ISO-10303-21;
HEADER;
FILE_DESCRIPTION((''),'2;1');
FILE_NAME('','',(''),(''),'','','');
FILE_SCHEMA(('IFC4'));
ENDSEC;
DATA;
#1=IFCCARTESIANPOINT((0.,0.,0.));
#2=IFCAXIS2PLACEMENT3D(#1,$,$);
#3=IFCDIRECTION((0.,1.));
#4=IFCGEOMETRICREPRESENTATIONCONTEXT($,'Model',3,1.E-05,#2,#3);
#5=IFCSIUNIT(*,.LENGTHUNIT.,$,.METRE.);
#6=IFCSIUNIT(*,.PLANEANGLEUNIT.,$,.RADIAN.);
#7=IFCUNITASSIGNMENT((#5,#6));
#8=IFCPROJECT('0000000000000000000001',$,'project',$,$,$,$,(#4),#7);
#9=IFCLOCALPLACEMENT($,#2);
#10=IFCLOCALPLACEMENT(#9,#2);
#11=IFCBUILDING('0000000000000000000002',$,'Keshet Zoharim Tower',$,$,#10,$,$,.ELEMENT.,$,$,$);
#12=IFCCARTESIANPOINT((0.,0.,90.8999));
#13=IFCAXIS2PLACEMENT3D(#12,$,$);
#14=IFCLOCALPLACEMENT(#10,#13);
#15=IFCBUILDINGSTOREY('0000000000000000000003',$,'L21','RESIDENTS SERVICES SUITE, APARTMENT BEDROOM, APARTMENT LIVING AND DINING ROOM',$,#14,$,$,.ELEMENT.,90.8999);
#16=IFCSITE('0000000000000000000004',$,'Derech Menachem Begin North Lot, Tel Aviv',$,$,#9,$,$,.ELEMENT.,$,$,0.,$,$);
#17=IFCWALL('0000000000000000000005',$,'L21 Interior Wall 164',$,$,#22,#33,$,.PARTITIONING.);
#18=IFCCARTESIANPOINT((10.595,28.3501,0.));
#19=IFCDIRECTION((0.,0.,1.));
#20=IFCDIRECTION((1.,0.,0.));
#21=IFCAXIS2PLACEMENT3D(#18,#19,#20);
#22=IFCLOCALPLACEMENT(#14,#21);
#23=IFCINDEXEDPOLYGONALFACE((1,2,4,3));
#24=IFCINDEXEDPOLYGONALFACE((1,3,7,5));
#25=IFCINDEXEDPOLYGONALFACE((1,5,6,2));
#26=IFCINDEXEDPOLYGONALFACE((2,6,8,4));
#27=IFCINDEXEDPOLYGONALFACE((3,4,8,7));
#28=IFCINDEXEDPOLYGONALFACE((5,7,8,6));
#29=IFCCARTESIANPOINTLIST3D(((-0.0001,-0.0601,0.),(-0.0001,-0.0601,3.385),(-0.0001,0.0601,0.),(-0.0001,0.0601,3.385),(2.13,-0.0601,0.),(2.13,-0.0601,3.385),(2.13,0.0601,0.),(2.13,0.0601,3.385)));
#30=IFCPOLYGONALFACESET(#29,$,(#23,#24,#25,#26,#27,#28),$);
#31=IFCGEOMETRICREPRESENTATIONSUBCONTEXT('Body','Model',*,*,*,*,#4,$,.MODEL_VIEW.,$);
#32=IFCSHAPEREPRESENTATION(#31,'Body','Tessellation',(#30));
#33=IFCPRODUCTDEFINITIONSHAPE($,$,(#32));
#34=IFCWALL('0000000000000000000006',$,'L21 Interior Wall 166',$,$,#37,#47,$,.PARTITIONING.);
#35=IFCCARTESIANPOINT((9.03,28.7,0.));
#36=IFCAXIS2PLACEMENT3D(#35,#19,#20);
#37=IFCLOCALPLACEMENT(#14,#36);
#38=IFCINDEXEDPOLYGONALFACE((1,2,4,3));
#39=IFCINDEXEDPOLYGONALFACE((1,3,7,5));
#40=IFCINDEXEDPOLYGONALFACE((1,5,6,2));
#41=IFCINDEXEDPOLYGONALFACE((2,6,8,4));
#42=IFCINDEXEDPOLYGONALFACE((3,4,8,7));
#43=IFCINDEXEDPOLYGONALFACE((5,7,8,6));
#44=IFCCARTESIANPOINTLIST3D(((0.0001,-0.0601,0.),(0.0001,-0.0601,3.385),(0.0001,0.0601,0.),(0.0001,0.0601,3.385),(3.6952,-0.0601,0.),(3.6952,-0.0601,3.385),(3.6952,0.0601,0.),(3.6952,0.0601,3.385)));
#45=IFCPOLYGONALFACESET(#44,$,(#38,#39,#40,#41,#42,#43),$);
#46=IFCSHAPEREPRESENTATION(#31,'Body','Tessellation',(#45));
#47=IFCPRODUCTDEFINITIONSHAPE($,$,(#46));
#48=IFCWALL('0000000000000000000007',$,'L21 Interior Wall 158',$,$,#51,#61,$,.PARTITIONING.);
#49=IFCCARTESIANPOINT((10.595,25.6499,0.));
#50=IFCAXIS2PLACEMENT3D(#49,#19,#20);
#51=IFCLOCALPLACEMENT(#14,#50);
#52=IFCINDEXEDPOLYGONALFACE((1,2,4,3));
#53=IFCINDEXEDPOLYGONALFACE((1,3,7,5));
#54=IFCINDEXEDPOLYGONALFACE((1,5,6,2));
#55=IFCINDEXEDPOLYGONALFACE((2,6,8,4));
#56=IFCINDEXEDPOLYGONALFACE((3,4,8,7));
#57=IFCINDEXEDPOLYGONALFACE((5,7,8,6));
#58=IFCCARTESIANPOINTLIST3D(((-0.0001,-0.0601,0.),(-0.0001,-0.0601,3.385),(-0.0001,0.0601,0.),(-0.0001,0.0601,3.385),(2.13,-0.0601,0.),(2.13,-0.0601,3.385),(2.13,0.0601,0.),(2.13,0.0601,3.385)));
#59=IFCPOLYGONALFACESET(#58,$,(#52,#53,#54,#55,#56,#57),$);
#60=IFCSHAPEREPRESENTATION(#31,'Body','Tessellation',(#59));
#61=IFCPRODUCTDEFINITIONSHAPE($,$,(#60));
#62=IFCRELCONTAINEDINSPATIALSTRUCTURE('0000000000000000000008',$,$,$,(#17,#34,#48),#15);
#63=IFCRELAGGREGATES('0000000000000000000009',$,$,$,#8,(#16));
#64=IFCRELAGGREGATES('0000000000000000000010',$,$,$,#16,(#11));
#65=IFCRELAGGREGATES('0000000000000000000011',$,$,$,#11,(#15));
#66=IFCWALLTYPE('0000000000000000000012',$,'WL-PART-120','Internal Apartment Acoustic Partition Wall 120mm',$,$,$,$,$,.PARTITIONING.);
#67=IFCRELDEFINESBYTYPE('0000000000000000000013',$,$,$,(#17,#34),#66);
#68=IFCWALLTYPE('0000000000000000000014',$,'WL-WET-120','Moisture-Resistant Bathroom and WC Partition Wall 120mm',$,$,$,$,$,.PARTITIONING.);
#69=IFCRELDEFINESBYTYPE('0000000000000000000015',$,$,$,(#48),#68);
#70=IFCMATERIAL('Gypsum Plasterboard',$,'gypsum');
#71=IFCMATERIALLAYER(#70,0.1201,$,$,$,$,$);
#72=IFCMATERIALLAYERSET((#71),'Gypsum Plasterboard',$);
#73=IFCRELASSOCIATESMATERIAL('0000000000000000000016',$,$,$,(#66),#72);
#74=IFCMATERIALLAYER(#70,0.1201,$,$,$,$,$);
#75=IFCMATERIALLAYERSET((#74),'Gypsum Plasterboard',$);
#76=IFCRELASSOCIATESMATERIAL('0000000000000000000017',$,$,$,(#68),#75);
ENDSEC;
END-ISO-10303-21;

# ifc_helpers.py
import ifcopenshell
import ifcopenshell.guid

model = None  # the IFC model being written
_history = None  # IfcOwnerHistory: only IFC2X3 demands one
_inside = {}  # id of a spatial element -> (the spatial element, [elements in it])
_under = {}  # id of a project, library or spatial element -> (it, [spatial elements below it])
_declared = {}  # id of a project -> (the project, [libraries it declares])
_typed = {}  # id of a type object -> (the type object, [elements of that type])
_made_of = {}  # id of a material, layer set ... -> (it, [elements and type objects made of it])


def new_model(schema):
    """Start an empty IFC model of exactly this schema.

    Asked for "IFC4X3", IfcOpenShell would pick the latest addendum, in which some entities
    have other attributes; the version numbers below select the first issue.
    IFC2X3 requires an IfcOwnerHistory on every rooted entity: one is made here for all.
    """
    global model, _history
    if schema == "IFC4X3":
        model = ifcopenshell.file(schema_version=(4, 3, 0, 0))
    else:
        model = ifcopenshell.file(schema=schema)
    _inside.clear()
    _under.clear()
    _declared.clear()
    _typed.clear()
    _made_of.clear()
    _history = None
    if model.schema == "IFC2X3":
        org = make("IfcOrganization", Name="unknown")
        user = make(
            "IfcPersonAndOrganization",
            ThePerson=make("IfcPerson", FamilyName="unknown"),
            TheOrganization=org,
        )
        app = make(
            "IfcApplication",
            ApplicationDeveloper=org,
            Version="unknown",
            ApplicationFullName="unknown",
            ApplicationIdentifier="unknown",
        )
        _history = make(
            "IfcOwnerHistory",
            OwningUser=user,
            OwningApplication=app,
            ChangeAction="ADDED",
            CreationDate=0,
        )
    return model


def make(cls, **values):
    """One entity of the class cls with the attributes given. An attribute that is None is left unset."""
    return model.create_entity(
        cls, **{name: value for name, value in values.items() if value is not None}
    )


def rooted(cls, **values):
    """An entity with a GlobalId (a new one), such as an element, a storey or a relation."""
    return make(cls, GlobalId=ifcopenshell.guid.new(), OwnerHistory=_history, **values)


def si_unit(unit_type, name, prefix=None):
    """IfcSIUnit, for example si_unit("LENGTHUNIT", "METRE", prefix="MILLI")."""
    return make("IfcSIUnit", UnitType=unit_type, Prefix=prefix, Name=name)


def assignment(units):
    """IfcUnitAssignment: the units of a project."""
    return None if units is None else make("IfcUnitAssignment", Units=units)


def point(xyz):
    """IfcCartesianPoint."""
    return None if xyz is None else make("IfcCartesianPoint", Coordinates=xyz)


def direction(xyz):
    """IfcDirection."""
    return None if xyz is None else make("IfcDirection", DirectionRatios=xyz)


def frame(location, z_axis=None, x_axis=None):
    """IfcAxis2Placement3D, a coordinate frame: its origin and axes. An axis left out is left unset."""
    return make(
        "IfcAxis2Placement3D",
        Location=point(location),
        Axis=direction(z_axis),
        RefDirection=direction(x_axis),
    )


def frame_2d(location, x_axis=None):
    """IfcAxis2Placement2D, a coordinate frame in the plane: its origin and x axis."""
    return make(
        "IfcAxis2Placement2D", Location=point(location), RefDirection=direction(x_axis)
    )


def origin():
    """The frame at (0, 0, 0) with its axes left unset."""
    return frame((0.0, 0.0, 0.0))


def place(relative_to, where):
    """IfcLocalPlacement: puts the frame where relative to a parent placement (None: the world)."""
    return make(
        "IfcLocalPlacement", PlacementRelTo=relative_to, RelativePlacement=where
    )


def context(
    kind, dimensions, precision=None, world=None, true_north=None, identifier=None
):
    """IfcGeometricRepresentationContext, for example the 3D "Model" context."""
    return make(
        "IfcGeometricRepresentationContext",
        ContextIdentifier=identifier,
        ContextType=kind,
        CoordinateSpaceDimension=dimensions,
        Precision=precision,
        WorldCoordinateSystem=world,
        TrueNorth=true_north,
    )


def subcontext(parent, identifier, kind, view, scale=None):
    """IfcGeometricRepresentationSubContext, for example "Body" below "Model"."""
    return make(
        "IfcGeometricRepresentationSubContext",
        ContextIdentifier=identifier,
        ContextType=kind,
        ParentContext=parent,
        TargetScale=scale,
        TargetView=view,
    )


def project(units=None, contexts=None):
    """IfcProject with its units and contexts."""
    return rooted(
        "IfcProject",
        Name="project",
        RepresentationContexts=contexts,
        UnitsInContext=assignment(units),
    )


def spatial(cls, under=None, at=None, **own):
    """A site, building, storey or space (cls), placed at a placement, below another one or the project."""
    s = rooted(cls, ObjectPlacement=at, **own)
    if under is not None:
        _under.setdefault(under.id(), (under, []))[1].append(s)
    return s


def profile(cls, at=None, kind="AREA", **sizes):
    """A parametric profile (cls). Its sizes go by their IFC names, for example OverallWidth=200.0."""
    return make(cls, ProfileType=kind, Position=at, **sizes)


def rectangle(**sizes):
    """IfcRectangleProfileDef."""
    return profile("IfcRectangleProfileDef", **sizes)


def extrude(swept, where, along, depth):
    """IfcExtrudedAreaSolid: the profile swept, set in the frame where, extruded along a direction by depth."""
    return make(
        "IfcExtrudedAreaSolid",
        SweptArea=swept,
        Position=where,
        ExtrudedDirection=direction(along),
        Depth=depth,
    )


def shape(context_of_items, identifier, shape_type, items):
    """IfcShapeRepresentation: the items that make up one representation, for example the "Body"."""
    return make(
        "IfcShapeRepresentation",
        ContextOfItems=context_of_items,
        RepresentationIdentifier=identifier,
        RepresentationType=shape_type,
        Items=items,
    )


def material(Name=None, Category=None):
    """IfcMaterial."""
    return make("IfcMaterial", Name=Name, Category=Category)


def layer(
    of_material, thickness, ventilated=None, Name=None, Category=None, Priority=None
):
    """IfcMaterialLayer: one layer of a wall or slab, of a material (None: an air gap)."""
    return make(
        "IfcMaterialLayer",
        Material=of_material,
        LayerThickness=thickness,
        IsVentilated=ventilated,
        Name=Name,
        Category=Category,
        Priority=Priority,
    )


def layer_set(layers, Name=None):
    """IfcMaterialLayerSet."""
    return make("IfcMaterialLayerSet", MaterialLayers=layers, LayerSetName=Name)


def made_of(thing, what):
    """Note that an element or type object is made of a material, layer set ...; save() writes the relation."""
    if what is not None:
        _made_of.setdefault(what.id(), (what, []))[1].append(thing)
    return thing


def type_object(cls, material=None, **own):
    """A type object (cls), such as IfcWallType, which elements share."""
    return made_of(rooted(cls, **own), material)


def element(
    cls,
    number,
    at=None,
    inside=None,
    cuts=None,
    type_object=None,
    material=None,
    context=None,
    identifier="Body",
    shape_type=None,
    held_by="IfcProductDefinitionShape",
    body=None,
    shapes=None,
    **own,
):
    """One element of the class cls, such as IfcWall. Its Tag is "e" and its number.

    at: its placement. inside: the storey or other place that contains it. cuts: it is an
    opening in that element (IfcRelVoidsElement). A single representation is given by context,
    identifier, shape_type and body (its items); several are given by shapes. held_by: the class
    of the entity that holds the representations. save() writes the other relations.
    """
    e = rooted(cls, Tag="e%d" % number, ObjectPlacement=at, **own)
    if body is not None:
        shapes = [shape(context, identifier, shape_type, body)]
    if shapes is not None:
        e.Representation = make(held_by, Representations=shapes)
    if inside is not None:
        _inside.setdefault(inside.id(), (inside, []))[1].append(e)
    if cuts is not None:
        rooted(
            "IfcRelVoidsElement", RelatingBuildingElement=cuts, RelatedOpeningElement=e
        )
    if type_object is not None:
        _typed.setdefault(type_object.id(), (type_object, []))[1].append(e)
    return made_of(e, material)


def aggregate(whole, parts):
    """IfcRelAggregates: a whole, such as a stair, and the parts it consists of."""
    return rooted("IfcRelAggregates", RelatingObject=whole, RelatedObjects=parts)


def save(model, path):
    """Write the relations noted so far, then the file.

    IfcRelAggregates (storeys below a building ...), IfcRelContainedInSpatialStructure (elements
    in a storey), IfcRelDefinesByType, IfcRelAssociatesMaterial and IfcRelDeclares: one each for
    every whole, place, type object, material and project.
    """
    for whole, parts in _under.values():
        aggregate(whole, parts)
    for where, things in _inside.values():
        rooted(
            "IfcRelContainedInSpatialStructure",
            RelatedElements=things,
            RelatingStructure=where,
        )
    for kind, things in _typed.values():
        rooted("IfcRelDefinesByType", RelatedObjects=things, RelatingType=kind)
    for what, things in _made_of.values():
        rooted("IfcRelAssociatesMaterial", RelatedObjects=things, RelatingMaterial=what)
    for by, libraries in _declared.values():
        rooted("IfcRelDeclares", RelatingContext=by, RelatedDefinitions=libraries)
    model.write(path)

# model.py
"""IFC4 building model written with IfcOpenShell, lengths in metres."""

from ifc_helpers import new_model, si_unit, direction, frame, frame_2d, origin, place, context, subcontext, project, spatial, rectangle, extrude, material, layer, layer_set, type_object, element, save


model = new_model("IFC4")

# Units and contexts
model_context = context("Model", 3, precision=1e-05, world=origin(), true_north=direction((0.0, 1.0)))
body_context = subcontext(model_context, "Body", "Model", "MODEL_VIEW")
ifc_project = project(units=[si_unit("LENGTHUNIT", "METRE"), si_unit("PLANEANGLEUNIT", "RADIAN")], contexts=[model_context])

# Site, building, storey
site_placement = place(None, origin())
site = spatial("IfcSite", under=ifc_project, at=site_placement, Name="Derech Menachem Begin North Lot, Tel Aviv", CompositionType="ELEMENT", RefElevation=0.0)
building_placement = place(site_placement, origin())
building = spatial("IfcBuilding", under=site, at=building_placement, Name="Keshet Zoharim Tower", CompositionType="ELEMENT")
storey_placement = place(building_placement, frame((0.0, 0.0, 90.8999)))
storey = spatial("IfcBuildingStorey", under=building, at=storey_placement, Name="L21", Description="RESIDENTS SERVICES SUITE, APARTMENT BEDROOM, APARTMENT LIVING AND DINING ROOM", CompositionType="ELEMENT", Elevation=90.8999)

# Shared definitions
ifc_material_1 = material(Name="Gypsum Plasterboard", Category="gypsum")

# Shared definitions
ifc_layer_1 = layer(ifc_material_1, 0.1201)
ifc_layer_set_1 = layer_set([ifc_layer_1], Name="Gypsum Plasterboard")
wall_type_1 = type_object("IfcWallType", Name="WL-PART-120", Description="Internal Apartment Acoustic Partition Wall 120mm", PredefinedType="PARTITIONING", material=ifc_layer_set_1)

# Walls
wall_1_placement = place(storey_placement, frame((10.595, 28.3501, 0.0), z_axis=(0.0, 0.0, 1.0), x_axis=(1.0, 0.0, 0.0)))
element("IfcWall", 1, at=wall_1_placement, inside=storey, type_object=wall_type_1, Name="L21 Interior Wall 164", PredefinedType="PARTITIONING", context=body_context, shape_type="SweptSolid", body=[
    extrude(rectangle(XDim=2.1301, YDim=0.1201, at=frame_2d((1.0649, 0.0))), origin(), (0.0, 0.0, 1.0), 3.385),
])
wall_2_placement = place(storey_placement, frame((9.03, 28.7, 0.0), z_axis=(0.0, 0.0, 1.0), x_axis=(1.0, 0.0, 0.0)))
element("IfcWall", 2, at=wall_2_placement, inside=storey, type_object=wall_type_1, Name="L21 Interior Wall 166", PredefinedType="PARTITIONING", context=body_context, shape_type="SweptSolid", body=[
    extrude(rectangle(XDim=3.6951, YDim=0.1201, at=frame_2d((1.8477, 0.0))), origin(), (0.0, 0.0, 1.0), 3.385),
])

# Wall
ifc_layer_2 = layer(ifc_material_1, 0.1201)
ifc_layer_set_2 = layer_set([ifc_layer_2], Name="Gypsum Plasterboard")
wall_type_2 = type_object("IfcWallType", Name="WL-WET-120", Description="Moisture-Resistant Bathroom and WC Partition Wall 120mm", PredefinedType="PARTITIONING", material=ifc_layer_set_2)
wall_3_placement = place(storey_placement, frame((10.595, 25.6499, 0.0), z_axis=(0.0, 0.0, 1.0), x_axis=(1.0, 0.0, 0.0)))
element("IfcWall", 3, at=wall_3_placement, inside=storey, type_object=wall_type_2, Name="L21 Interior Wall 158", PredefinedType="PARTITIONING", context=body_context, shape_type="SweptSolid", body=[
    extrude(rectangle(XDim=2.1301, YDim=0.1201, at=frame_2d((1.0649, 0.0))), origin(), (0.0, 0.0, 1.0), 3.385),
])

save(model, "model.ifc")
